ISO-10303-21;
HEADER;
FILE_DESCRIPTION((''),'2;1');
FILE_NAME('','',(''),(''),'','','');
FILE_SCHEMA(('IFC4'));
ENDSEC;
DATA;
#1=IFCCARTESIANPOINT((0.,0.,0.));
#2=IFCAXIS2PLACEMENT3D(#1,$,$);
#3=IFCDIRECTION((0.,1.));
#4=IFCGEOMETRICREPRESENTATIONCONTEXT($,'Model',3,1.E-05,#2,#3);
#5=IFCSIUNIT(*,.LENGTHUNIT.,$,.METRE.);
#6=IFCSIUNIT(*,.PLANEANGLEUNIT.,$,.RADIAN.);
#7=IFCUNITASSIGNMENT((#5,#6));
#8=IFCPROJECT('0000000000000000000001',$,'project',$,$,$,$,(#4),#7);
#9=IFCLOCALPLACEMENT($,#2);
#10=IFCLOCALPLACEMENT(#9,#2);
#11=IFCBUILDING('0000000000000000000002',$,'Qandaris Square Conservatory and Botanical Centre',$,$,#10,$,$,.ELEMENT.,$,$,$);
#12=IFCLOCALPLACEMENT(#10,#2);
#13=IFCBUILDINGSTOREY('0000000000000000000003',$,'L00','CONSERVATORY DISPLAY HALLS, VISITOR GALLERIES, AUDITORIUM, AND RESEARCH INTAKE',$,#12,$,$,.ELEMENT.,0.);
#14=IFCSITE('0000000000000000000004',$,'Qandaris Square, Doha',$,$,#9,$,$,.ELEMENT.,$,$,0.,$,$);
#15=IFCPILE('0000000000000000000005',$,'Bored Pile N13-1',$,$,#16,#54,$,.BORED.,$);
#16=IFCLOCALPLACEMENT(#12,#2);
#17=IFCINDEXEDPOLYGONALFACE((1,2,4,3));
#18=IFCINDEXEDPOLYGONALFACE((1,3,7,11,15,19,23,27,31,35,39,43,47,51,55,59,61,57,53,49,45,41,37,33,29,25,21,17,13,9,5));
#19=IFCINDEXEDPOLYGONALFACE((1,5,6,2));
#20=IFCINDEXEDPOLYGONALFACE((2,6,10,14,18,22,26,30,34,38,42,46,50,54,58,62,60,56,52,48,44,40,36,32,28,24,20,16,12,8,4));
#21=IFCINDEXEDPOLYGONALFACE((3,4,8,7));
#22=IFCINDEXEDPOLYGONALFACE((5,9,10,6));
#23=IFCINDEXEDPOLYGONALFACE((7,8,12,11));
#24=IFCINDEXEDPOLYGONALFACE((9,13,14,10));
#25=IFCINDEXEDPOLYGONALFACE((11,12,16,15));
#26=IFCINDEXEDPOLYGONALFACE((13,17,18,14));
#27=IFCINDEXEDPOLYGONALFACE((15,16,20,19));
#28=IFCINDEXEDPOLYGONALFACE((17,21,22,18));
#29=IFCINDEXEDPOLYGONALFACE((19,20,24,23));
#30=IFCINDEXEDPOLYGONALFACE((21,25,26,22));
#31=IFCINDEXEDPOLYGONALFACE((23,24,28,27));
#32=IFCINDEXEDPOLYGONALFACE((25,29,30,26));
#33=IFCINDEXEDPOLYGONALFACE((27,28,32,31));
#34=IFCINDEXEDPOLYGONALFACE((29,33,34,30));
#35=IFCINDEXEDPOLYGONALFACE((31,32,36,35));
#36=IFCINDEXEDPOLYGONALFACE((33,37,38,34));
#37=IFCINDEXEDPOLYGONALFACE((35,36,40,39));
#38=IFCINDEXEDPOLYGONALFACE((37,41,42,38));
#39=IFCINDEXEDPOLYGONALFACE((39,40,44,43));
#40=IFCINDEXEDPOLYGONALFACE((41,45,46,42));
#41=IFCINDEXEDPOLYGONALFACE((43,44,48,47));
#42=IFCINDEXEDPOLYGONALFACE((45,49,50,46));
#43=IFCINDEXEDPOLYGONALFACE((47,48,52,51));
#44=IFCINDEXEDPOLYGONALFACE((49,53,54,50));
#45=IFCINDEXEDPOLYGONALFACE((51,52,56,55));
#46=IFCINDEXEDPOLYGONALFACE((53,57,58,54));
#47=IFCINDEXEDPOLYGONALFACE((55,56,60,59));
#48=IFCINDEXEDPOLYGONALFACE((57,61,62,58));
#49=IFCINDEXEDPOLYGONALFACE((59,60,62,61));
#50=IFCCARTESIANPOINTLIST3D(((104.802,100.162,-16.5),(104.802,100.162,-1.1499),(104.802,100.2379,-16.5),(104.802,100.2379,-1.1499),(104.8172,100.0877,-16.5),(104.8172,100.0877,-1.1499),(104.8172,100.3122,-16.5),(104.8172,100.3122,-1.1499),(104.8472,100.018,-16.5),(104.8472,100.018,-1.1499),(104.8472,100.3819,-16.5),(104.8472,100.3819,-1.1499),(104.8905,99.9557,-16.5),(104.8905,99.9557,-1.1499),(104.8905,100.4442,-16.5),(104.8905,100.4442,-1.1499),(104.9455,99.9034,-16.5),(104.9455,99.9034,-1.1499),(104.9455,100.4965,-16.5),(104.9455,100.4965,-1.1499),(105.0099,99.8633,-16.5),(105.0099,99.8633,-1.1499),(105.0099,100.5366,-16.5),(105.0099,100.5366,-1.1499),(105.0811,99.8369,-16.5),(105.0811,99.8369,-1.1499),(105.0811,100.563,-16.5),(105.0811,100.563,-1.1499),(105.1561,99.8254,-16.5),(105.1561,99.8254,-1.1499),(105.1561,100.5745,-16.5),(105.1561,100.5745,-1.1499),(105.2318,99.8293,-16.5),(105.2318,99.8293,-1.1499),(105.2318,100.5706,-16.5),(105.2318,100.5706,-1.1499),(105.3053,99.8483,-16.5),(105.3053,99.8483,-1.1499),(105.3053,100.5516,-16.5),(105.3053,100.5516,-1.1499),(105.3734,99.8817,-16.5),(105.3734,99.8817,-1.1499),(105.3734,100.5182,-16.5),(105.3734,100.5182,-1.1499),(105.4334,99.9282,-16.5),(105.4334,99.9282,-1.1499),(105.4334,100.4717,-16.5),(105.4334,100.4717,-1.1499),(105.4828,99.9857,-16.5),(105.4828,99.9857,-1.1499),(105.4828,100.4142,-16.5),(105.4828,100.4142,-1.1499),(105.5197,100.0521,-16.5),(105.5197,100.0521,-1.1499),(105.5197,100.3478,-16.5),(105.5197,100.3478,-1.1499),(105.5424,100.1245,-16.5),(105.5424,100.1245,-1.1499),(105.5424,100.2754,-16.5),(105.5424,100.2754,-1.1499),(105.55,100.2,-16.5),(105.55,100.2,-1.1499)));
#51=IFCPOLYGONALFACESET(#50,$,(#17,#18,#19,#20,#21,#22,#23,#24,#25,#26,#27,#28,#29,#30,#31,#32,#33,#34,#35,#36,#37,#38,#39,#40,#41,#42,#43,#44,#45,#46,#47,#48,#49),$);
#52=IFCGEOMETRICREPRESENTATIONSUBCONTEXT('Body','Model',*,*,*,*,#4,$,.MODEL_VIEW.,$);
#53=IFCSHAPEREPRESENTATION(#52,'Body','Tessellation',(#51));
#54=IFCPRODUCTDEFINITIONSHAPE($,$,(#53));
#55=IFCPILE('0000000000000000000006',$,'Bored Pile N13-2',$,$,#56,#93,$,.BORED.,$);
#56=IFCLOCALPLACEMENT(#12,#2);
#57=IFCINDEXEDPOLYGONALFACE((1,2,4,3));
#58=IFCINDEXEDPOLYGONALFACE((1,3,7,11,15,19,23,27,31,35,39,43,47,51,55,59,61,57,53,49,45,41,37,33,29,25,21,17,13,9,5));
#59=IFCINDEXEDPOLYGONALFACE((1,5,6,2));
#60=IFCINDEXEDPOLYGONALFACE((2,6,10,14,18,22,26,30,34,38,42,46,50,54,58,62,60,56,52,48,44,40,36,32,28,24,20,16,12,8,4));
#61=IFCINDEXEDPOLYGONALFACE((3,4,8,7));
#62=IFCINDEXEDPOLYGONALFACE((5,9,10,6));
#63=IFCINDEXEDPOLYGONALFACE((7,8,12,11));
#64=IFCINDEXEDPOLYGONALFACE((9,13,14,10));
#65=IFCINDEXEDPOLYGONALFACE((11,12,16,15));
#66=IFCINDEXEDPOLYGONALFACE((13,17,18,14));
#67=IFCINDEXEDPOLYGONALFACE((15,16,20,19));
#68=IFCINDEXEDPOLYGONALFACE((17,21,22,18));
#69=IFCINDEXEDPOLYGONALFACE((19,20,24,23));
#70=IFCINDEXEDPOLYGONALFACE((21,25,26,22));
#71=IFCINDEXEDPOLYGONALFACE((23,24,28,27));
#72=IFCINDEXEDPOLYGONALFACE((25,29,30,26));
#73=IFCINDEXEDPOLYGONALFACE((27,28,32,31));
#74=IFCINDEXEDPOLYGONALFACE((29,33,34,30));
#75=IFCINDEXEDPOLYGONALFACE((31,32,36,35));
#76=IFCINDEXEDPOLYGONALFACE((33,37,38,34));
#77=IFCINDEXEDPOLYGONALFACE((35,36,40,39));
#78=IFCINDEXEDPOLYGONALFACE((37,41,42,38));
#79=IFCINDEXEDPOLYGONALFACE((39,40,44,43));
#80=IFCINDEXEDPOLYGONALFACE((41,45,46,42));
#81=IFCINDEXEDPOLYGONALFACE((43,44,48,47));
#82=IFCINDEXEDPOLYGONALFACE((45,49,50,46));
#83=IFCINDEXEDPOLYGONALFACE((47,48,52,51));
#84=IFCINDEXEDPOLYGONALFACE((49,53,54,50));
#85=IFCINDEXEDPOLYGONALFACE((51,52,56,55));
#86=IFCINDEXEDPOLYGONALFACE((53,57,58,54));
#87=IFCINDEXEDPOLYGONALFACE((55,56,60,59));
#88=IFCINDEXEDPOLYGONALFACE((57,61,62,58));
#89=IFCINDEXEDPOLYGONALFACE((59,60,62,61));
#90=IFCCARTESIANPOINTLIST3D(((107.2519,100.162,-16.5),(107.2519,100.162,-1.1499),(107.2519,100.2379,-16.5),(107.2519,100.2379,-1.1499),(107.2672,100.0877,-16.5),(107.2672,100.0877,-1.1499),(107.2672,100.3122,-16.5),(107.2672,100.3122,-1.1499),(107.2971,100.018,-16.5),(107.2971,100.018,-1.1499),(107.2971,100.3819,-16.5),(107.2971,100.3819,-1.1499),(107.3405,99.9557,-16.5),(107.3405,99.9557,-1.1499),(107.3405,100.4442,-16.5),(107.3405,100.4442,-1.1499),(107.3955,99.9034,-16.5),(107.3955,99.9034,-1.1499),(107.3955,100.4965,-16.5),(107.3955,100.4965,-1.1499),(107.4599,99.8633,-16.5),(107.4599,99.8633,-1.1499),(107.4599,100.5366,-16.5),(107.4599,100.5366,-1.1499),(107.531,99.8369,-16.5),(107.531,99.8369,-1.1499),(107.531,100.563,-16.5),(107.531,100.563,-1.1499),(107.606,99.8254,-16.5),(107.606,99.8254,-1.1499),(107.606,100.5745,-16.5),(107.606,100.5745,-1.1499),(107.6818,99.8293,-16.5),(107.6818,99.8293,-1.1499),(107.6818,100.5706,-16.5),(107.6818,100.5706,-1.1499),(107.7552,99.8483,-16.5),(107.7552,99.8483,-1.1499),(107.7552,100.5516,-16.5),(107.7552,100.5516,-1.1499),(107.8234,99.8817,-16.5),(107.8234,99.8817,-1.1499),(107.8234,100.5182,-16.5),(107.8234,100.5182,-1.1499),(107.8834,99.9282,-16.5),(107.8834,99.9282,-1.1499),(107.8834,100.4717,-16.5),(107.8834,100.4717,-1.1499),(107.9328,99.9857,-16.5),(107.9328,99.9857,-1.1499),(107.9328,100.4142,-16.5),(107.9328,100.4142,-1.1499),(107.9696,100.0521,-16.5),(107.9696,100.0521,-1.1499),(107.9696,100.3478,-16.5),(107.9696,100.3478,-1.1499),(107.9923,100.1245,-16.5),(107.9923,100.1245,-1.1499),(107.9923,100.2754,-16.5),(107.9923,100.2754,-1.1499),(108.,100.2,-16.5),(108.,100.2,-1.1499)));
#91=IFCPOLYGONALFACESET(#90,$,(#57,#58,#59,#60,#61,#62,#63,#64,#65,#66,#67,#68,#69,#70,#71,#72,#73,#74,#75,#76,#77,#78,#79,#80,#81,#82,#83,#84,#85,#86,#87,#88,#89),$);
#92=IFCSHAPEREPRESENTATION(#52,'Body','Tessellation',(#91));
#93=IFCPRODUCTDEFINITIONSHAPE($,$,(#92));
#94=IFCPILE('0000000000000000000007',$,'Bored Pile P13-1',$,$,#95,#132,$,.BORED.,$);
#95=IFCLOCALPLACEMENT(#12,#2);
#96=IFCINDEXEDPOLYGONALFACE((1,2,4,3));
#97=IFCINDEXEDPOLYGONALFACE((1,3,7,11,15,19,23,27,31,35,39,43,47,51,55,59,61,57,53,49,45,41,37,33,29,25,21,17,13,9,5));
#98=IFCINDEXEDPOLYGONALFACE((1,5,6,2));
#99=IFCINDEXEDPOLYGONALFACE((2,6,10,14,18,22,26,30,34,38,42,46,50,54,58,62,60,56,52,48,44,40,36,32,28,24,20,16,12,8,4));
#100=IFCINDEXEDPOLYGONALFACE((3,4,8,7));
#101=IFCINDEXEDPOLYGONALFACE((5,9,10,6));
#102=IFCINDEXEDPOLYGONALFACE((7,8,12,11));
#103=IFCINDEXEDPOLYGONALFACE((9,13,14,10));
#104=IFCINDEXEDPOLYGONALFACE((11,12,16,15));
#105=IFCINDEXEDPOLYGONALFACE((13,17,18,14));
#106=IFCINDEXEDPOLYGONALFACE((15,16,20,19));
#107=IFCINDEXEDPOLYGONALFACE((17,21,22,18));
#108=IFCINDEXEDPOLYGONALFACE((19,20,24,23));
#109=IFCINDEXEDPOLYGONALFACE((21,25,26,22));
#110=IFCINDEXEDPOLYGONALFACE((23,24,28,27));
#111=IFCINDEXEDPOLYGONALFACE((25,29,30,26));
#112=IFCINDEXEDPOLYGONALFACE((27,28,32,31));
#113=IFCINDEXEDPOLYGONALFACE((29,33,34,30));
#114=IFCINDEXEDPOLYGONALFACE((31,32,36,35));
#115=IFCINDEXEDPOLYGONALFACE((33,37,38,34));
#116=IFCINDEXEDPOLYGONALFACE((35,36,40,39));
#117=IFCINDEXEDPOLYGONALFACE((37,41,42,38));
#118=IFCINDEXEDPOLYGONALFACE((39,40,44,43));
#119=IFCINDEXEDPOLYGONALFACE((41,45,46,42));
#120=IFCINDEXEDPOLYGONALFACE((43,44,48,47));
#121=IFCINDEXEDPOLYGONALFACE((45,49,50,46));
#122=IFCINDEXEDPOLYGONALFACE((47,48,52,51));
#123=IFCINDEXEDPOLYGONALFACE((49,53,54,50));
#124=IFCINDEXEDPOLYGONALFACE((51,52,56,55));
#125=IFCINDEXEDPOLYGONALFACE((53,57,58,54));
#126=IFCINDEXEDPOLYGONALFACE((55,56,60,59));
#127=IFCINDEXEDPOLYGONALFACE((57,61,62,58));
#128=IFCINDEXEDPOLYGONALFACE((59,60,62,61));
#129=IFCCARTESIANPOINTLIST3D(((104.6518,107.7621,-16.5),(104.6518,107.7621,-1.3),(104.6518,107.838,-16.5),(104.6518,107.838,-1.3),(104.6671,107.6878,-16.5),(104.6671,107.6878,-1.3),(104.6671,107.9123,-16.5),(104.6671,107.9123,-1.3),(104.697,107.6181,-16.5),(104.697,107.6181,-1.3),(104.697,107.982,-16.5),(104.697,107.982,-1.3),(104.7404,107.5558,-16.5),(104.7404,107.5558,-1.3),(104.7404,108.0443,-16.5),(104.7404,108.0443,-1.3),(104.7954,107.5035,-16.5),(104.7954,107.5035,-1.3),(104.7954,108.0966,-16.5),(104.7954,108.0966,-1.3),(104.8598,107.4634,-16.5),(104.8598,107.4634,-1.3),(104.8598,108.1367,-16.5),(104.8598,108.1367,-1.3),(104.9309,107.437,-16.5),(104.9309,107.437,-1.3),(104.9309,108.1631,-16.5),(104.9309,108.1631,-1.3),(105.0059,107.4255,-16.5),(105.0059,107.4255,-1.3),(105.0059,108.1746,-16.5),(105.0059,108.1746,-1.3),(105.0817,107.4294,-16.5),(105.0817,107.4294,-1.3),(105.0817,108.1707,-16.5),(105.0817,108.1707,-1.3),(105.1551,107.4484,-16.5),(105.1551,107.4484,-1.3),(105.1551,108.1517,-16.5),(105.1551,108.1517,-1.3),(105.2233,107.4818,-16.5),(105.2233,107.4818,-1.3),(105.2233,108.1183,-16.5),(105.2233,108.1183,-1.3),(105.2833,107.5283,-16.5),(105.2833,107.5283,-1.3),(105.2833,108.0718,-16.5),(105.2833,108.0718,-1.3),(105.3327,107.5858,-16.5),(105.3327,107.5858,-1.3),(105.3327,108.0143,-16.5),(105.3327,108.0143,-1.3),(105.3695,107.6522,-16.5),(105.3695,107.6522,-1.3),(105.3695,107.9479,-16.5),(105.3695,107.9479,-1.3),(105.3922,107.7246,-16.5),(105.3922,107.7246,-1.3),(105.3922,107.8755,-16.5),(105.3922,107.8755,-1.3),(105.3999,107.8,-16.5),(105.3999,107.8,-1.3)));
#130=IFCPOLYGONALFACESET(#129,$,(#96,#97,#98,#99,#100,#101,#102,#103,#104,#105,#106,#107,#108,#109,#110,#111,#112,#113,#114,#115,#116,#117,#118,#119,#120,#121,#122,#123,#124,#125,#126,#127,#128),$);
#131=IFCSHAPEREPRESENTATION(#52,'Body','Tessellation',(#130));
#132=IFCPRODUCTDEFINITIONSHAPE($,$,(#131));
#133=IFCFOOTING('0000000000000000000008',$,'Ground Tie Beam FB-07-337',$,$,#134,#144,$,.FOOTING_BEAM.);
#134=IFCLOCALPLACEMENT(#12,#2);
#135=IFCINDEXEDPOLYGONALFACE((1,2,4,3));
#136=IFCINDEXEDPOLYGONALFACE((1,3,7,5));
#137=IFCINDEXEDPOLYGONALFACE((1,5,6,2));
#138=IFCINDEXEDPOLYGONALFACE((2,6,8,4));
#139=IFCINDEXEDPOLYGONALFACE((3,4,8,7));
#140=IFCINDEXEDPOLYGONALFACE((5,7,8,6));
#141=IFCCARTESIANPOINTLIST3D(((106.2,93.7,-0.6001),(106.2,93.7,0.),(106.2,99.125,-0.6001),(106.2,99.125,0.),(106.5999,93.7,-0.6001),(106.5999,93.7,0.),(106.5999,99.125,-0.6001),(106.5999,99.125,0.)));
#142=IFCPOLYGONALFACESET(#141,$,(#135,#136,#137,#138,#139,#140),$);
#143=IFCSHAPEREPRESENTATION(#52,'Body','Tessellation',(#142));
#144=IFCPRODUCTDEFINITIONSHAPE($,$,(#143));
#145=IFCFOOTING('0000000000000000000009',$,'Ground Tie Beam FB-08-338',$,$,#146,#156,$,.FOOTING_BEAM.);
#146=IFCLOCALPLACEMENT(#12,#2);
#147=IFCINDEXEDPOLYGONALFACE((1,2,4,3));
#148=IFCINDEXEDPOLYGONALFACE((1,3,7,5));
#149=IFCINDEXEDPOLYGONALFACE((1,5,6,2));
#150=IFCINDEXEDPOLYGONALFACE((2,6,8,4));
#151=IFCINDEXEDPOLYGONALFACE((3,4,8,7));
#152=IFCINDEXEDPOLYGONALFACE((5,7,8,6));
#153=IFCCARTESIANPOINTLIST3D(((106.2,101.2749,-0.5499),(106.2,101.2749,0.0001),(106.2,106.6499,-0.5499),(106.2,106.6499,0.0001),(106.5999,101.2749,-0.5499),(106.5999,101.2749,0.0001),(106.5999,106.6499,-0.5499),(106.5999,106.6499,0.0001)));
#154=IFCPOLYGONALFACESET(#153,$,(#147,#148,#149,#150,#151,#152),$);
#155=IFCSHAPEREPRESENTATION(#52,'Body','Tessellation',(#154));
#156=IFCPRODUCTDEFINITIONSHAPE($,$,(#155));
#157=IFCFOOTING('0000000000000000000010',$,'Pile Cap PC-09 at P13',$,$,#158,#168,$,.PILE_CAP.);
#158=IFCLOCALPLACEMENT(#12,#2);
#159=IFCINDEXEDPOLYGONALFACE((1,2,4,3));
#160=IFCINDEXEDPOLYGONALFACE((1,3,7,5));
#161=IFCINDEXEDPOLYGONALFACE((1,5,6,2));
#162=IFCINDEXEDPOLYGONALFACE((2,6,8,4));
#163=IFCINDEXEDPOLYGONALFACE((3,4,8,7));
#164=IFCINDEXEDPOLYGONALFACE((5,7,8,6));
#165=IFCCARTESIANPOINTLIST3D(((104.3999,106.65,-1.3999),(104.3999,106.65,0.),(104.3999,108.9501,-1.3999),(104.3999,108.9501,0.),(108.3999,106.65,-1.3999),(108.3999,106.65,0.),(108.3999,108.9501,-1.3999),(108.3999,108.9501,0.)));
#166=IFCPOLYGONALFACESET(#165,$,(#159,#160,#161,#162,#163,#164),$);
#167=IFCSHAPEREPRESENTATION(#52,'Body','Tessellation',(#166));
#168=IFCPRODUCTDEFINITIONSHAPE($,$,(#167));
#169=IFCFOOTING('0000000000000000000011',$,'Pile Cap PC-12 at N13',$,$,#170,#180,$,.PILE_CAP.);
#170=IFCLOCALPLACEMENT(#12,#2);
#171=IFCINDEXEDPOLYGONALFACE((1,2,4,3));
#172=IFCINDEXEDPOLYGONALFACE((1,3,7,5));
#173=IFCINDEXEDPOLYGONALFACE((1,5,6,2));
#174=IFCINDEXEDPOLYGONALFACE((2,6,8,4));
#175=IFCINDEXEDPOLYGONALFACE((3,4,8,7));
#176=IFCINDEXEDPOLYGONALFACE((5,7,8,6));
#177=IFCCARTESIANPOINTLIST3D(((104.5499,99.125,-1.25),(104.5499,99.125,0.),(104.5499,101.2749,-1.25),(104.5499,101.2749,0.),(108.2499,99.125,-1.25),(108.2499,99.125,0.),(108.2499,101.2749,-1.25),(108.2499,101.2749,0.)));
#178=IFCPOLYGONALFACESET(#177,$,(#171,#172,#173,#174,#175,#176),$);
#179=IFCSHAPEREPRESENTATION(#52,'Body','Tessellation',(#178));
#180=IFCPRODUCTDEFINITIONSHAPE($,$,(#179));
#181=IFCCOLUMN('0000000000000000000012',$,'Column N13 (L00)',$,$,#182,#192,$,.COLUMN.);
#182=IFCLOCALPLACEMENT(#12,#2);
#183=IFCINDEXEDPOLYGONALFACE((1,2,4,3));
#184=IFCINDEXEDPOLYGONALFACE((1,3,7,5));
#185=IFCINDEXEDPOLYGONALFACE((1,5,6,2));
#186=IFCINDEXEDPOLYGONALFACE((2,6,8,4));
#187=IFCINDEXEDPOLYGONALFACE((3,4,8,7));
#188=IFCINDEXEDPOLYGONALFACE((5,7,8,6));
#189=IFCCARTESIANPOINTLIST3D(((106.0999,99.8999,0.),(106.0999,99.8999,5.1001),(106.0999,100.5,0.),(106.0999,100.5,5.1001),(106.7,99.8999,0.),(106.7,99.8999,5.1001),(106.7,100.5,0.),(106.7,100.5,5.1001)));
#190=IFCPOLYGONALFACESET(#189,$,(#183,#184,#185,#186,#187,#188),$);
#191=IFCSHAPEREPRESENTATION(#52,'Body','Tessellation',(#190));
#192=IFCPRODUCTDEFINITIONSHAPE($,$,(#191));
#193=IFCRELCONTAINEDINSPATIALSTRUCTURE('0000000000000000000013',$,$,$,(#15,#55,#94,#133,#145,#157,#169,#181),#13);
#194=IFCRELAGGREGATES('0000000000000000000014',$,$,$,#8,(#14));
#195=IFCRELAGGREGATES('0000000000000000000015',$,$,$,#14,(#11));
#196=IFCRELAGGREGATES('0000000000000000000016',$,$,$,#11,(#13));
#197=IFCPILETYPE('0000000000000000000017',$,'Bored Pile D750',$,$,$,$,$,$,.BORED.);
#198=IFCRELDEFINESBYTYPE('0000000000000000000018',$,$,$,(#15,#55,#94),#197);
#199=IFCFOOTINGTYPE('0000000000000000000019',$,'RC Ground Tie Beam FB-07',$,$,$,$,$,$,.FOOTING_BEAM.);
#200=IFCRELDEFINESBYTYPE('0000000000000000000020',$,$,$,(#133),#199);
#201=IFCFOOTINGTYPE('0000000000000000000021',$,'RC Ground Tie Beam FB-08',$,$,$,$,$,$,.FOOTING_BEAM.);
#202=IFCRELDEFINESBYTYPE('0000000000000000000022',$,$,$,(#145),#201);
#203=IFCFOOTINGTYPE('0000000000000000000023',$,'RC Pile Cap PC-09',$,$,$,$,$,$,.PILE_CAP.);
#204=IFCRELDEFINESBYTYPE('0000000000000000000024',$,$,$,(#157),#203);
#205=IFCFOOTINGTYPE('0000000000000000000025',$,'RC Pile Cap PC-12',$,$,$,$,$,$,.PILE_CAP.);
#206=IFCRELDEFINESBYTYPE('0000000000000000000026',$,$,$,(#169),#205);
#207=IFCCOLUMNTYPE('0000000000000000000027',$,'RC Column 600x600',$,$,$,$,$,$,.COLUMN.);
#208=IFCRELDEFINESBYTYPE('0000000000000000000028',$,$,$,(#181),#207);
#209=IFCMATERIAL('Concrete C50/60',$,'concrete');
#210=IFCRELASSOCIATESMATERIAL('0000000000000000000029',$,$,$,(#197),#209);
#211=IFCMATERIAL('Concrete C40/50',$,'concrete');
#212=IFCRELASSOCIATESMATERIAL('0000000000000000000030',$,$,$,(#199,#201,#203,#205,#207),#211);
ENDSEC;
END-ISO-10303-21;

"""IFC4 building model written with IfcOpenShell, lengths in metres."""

from ifc_helpers import new_model, si_unit, direction, frame, origin, origin_2d, place, context, subcontext, project, spatial, rectangle, circle, extrude, material, material_profile, profile_set, type_object, element, save


model = new_model("IFC4")

# Units and contexts
model_context = context("Model", 3, precision=1e-05, world=origin(), true_north=direction((0.0, 1.0)))
body_context = subcontext(model_context, "Body", "Model", "MODEL_VIEW")
ifc_project = project(units=[si_unit("LENGTHUNIT", "METRE"), si_unit("PLANEANGLEUNIT", "RADIAN")], contexts=[model_context])

# Site, building, storey
site_placement = place(None, origin())
site = spatial("IfcSite", under=ifc_project, at=site_placement, Name="Qandaris Square, Doha", CompositionType="ELEMENT", RefElevation=0.0)
building_placement = place(site_placement, origin())
building = spatial("IfcBuilding", under=site, at=building_placement, Name="Qandaris Square Conservatory and Botanical Centre", CompositionType="ELEMENT")
storey_placement = place(building_placement, origin())
storey = spatial("IfcBuildingStorey", under=building, at=storey_placement, Name="L00", Description="CONSERVATORY DISPLAY HALLS, VISITOR GALLERIES, AUDITORIUM, AND RESEARCH INTAKE", CompositionType="ELEMENT", Elevation=0.0)

# Piles
ifc_material_1 = material(Name="Concrete C50/60", Category="concrete")
ifc_material_profile_1 = material_profile(ifc_material_1, circle(Radius=0.375, at=origin_2d()), Name="PILE D750")
ifc_profile_set_1 = profile_set([ifc_material_profile_1], Name="Concrete C50/60")
pile_type = type_object("IfcPileType", Name="Bored Pile D750", PredefinedType="BORED", material=ifc_profile_set_1)
for number, where, z_axis, x_axis, name in (
    (1, (105.175, 100.2, -1.1499), (0.0, 0.0, -1.0), (1.0, 0.0, 0.0), "Bored Pile N13-1"),
    (2, (107.625, 100.2, -1.1499), (0.0, 0.0, -1.0), (1.0, 0.0, 0.0), "Bored Pile N13-2"),
):
    element("IfcPile", number, at=place(storey_placement, frame(where, z_axis=z_axis, x_axis=x_axis)), inside=storey, type_object=pile_type, Name=name, PredefinedType="BORED", context=body_context, shape_type="SweptSolid", body=[
        extrude(circle(Radius=0.375, at=origin_2d()), origin(), (0.0, 0.0, 1.0), 15.3501),
    ])
pile_placement = place(storey_placement, frame((105.0249, 107.8, -1.3), z_axis=(0.0, 0.0, -1.0), x_axis=(1.0, 0.0, 0.0)))
element("IfcPile", 3, at=pile_placement, inside=storey, type_object=pile_type, Name="Bored Pile P13-1", PredefinedType="BORED", context=body_context, shape_type="SweptSolid", body=[
    extrude(circle(Radius=0.375, at=origin_2d()), origin(), (0.0, 0.0, 1.0), 15.2),
])

# Footings
ifc_material_2 = material(Name="Concrete C40/50", Category="concrete")
ifc_material_profile_2 = material_profile(ifc_material_2, rectangle(XDim=0.3999, YDim=0.6001, at=origin_2d()), Name="FB 400x600")
ifc_profile_set_2 = profile_set([ifc_material_profile_2], Name="Concrete C40/50")
footing_type_1 = type_object("IfcFootingType", Name="RC Ground Tie Beam FB-07", PredefinedType="FOOTING_BEAM", material=ifc_profile_set_2)
footing_1_placement = place(storey_placement, frame((106.3999, 93.7, -0.3), z_axis=(0.0, 1.0, 0.0), x_axis=(-1.0, 0.0, 0.0)))
element("IfcFooting", 4, at=footing_1_placement, inside=storey, type_object=footing_type_1, Name="Ground Tie Beam FB-07-337", PredefinedType="FOOTING_BEAM", context=body_context, shape_type="SweptSolid", body=[
    extrude(rectangle(XDim=0.3999, YDim=0.6001, at=origin_2d()), origin(), (0.0, 0.0, 1.0), 5.425),
])
ifc_material_profile_3 = material_profile(ifc_material_2, rectangle(XDim=0.3999, YDim=0.55, at=origin_2d()), Name="FB 400x550")
ifc_profile_set_3 = profile_set([ifc_material_profile_3], Name="Concrete C40/50")
footing_type_2 = type_object("IfcFootingType", Name="RC Ground Tie Beam FB-08", PredefinedType="FOOTING_BEAM", material=ifc_profile_set_3)
footing_2_placement = place(storey_placement, frame((106.3999, 101.2749, -0.2749), z_axis=(0.0, 1.0, 0.0), x_axis=(-1.0, 0.0, 0.0)))
element("IfcFooting", 5, at=footing_2_placement, inside=storey, type_object=footing_type_2, Name="Ground Tie Beam FB-08-338", PredefinedType="FOOTING_BEAM", context=body_context, shape_type="SweptSolid", body=[
    extrude(rectangle(XDim=0.3999, YDim=0.55, at=origin_2d()), origin(), (0.0, 0.0, 1.0), 5.375),
])
footing_type_3 = type_object("IfcFootingType", Name="RC Pile Cap PC-09", PredefinedType="PILE_CAP", material=ifc_material_2)
footing_3_placement = place(storey_placement, frame((106.3999, 107.8, -1.3999), z_axis=(0.0, 0.0, 1.0), x_axis=(1.0, 0.0, 0.0)))
element("IfcFooting", 6, at=footing_3_placement, inside=storey, type_object=footing_type_3, Name="Pile Cap PC-09 at P13", PredefinedType="PILE_CAP", context=body_context, shape_type="SweptSolid", body=[
    extrude(rectangle(XDim=4.0, YDim=2.3, at=origin_2d()), origin(), (0.0, 0.0, 1.0), 1.3999),
])
footing_type_4 = type_object("IfcFootingType", Name="RC Pile Cap PC-12", PredefinedType="PILE_CAP", material=ifc_material_2)
footing_4_placement = place(storey_placement, frame((106.3999, 100.2, -1.25), z_axis=(0.0, 0.0, 1.0), x_axis=(1.0, 0.0, 0.0)))
element("IfcFooting", 7, at=footing_4_placement, inside=storey, type_object=footing_type_4, Name="Pile Cap PC-12 at N13", PredefinedType="PILE_CAP", context=body_context, shape_type="SweptSolid", body=[
    extrude(rectangle(XDim=3.7, YDim=2.1499, at=origin_2d()), origin(), (0.0, 0.0, 1.0), 1.25),
])

# Column
ifc_material_profile_4 = material_profile(ifc_material_2, rectangle(XDim=0.6001, YDim=0.6001, at=origin_2d()), Name="RC-COL 600x600")
ifc_profile_set_4 = profile_set([ifc_material_profile_4], Name="Concrete C40/50")
column_type = type_object("IfcColumnType", Name="RC Column 600x600", PredefinedType="COLUMN", material=ifc_profile_set_4)
for number, where, z_axis, x_axis, name in (
    (8, (106.3999, 100.2, 0.0), (0.0, 0.0, 1.0), (1.0, 0.0, 0.0), "Column N13 (L00)"),
):
    element("IfcColumn", number, at=place(storey_placement, frame(where, z_axis=z_axis, x_axis=x_axis)), inside=storey, type_object=column_type, Name=name, PredefinedType="COLUMN", context=body_context, shape_type="SweptSolid", body=[
        extrude(rectangle(XDim=0.6001, YDim=0.6001, at=origin_2d()), origin(), (0.0, 0.0, 1.0), 5.1001),
    ])

save(model, "model.ifc")
